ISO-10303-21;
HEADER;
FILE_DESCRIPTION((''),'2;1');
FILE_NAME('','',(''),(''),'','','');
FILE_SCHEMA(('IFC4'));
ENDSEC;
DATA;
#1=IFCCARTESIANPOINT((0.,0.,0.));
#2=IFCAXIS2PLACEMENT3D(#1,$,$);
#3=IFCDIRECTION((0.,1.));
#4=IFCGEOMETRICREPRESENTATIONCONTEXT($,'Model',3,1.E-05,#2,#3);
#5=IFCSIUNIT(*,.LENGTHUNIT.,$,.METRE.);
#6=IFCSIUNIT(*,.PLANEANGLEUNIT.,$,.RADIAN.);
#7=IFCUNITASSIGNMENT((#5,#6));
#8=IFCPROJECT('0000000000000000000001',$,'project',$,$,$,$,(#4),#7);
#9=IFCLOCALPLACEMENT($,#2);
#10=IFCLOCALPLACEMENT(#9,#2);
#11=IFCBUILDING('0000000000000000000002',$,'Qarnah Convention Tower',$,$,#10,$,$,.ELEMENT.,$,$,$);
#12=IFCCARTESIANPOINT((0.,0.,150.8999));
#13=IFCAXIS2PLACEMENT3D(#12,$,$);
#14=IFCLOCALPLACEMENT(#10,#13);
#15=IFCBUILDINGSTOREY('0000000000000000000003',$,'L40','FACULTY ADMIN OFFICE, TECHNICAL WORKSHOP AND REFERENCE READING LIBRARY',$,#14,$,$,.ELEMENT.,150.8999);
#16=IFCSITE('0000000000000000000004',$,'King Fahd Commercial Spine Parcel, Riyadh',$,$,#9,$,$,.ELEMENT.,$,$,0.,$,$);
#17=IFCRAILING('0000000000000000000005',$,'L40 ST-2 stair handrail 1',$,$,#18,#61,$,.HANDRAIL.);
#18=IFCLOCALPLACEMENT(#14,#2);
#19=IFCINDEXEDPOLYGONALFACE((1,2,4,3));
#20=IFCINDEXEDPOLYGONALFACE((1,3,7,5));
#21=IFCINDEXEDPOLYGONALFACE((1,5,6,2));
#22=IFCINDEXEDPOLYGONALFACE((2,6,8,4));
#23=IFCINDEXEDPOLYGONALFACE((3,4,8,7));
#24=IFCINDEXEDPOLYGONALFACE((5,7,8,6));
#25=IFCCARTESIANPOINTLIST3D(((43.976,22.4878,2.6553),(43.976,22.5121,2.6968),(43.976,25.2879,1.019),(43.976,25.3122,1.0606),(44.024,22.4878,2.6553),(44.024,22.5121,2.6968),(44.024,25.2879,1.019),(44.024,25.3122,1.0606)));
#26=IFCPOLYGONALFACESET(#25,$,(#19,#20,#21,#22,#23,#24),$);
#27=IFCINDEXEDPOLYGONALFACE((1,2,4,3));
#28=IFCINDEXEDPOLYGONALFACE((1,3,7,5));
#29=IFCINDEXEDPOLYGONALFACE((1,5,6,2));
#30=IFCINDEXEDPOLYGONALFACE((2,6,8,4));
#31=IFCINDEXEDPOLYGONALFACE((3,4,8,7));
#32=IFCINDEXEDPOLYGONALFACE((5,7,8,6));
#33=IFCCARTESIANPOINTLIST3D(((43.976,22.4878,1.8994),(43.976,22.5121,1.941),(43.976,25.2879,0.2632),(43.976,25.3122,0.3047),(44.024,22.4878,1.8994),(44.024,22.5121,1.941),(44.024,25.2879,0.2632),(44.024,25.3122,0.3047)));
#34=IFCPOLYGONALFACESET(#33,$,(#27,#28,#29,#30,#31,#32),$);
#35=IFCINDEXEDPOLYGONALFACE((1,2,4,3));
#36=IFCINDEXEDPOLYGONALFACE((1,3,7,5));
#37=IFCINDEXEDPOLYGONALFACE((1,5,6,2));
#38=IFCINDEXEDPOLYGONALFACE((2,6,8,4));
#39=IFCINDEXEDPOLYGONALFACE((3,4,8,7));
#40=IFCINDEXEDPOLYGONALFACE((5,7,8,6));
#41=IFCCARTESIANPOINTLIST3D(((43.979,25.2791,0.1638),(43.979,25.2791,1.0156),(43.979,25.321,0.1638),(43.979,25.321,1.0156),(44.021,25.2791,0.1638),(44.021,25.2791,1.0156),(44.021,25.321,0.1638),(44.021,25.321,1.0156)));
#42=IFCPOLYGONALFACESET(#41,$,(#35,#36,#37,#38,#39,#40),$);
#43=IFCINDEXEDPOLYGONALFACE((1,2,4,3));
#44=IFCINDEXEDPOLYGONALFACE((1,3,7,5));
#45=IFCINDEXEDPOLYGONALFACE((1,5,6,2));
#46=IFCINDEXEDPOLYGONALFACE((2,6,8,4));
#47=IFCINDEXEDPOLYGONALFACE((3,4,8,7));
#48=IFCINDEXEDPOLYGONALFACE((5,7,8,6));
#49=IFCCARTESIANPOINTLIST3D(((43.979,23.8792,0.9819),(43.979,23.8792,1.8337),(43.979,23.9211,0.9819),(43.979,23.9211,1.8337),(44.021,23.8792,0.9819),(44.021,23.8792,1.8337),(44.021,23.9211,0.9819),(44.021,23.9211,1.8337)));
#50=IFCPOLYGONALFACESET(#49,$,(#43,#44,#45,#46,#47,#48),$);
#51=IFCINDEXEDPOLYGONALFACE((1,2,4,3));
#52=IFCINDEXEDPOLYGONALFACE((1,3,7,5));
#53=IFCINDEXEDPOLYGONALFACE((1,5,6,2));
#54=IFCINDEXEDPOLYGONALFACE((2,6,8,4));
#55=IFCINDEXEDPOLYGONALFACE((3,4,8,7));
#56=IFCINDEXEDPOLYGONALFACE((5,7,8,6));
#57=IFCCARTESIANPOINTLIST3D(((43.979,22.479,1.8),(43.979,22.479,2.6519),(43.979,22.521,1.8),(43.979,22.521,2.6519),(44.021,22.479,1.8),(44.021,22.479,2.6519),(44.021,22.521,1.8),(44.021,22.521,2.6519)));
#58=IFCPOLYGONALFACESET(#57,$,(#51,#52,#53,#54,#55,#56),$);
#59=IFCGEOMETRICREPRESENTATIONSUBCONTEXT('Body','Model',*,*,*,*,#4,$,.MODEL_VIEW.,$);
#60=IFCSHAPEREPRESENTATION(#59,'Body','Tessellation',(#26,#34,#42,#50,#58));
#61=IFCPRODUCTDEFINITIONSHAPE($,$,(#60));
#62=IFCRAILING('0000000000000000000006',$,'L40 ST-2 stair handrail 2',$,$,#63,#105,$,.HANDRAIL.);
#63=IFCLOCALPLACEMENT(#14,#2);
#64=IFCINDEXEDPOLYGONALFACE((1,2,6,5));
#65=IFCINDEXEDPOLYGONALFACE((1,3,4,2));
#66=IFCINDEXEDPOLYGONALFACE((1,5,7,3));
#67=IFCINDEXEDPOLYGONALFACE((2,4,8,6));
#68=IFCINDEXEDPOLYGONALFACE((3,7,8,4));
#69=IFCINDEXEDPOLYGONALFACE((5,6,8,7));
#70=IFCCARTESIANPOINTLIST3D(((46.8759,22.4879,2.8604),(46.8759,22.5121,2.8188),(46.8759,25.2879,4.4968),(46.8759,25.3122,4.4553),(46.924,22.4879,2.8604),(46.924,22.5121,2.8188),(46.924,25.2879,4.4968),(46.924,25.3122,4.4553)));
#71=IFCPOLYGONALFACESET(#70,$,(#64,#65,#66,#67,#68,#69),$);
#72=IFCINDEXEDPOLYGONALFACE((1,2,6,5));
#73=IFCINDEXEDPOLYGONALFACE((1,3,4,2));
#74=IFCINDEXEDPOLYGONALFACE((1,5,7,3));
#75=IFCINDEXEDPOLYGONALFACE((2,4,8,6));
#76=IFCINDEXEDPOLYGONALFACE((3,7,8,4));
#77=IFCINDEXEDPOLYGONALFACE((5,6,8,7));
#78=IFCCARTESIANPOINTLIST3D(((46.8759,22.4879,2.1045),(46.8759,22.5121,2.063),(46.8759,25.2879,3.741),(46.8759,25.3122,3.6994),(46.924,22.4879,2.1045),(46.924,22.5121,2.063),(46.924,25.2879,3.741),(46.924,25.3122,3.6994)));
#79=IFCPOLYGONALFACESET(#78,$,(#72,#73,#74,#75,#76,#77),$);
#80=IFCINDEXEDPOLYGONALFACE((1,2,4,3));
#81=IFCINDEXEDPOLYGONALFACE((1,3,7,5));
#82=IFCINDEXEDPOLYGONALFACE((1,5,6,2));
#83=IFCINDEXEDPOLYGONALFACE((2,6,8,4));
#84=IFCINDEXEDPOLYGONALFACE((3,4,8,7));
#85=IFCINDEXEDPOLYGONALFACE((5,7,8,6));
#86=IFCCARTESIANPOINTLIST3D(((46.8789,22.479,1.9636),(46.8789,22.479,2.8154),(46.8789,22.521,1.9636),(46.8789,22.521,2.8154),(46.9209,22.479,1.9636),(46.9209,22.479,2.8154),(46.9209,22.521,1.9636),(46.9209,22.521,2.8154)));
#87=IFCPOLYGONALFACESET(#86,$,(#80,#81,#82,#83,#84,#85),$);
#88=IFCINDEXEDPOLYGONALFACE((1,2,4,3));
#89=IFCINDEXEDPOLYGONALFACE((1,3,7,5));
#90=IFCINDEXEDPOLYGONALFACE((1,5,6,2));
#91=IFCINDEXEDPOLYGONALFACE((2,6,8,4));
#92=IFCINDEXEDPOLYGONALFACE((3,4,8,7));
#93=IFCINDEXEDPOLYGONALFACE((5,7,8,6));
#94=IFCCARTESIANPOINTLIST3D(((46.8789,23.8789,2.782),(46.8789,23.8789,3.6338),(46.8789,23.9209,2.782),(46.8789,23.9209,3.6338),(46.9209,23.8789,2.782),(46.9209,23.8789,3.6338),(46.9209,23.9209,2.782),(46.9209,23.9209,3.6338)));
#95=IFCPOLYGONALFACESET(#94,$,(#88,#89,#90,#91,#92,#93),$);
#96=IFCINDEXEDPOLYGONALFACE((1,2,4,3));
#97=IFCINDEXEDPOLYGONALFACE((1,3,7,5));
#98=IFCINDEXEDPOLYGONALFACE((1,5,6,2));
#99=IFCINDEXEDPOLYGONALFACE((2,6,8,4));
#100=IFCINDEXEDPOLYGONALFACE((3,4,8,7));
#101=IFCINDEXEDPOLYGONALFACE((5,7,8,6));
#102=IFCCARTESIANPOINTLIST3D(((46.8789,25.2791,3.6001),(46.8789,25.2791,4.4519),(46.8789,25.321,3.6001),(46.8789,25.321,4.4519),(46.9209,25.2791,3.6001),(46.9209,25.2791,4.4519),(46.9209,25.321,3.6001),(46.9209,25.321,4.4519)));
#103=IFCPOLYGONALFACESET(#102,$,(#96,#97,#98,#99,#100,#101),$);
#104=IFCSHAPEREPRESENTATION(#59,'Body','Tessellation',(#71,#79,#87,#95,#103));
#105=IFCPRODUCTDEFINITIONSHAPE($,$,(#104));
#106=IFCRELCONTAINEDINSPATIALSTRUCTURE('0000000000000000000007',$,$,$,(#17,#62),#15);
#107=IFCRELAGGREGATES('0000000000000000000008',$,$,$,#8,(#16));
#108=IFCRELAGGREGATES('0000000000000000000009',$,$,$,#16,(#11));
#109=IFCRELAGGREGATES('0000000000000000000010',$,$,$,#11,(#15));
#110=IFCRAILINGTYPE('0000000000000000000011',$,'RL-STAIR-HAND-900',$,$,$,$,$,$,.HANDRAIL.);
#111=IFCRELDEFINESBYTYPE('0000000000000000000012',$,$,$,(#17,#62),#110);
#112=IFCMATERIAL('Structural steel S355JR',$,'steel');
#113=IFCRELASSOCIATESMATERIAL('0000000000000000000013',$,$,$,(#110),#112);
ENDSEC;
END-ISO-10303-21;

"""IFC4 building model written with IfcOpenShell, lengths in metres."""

from ifc_helpers import new_model, si_unit, direction, frame, origin, origin_2d, place, context, subcontext, project, spatial, rectangle, extrude, material, type_object, element, save


model = new_model("IFC4")

# Units and contexts
model_context = context("Model", 3, precision=1e-05, world=origin(), true_north=direction((0.0, 1.0)))
body_context = subcontext(model_context, "Body", "Model", "MODEL_VIEW")
ifc_project = project(units=[si_unit("LENGTHUNIT", "METRE"), si_unit("PLANEANGLEUNIT", "RADIAN")], contexts=[model_context])

# Site, building, storey
site_placement = place(None, origin())
site = spatial("IfcSite", under=ifc_project, at=site_placement, Name="King Fahd Commercial Spine Parcel, Riyadh", CompositionType="ELEMENT", RefElevation=0.0)
building_placement = place(site_placement, origin())
building = spatial("IfcBuilding", under=site, at=building_placement, Name="Qarnah Convention Tower", CompositionType="ELEMENT")
storey_placement = place(building_placement, frame((0.0, 0.0, 150.8999)))
storey = spatial("IfcBuildingStorey", under=building, at=storey_placement, Name="L40", Description="FACULTY ADMIN OFFICE, TECHNICAL WORKSHOP AND REFERENCE READING LIBRARY", CompositionType="ELEMENT", Elevation=150.8999)

# Shared definitions
ifc_material_1 = material(Name="Structural steel S355JR", Category="steel")

# Railings
railing_type_1 = type_object("IfcRailingType", Name="RL-STAIR-HAND-900", PredefinedType="HANDRAIL", material=ifc_material_1)
railing_1_placement = place(storey_placement, frame((44.0, 25.3, 0.1638)))
element("IfcRailing", 1, at=railing_1_placement, inside=storey, type_object=railing_type_1, Name="L40 ST-2 stair handrail 1", PredefinedType="HANDRAIL", context=body_context, shape_type="SweptSolid", body=[
    extrude(rectangle(XDim=0.0481, YDim=0.0481, at=origin_2d()), frame((0.0, 0.0, 0.876), z_axis=(0.0, -0.863394, 0.504531), x_axis=(1.0, 0.0, 0.0)), (0.0, 0.0, 1.0), 3.2432),
    extrude(rectangle(XDim=0.0481, YDim=0.0481, at=origin_2d()), frame((0.0, 0.0, 0.1201), z_axis=(0.0, -0.863394, 0.504531), x_axis=(1.0, 0.0, 0.0)), (0.0, 0.0, 1.0), 3.2432),
    extrude(rectangle(XDim=0.042, YDim=0.042, at=origin_2d()), origin(), (0.0, 0.0, 1.0), 0.8518),
    extrude(rectangle(XDim=0.042, YDim=0.042, at=origin_2d()), frame((0.0, -1.3999, 0.8181)), (0.0, 0.0, 1.0), 0.8518),
    extrude(rectangle(XDim=0.042, YDim=0.042, at=origin_2d()), frame((0.0, -2.8, 1.6362)), (0.0, 0.0, 1.0), 0.8518),
])
railing_2_placement = place(storey_placement, frame((46.8999, 22.5, 1.9636)))
element("IfcRailing", 2, at=railing_2_placement, inside=storey, type_object=railing_type_1, Name="L40 ST-2 stair handrail 2", PredefinedType="HANDRAIL", context=body_context, shape_type="SweptSolid", body=[
    extrude(rectangle(XDim=0.0481, YDim=0.0481, at=origin_2d()), frame((0.0, 0.0, 0.876), z_axis=(0.0, 0.863361, 0.504587), x_axis=(-1.0, 0.0, 0.0)), (0.0, 0.0, 1.0), 3.2432),
    extrude(rectangle(XDim=0.0481, YDim=0.0481, at=origin_2d()), frame((0.0, 0.0, 0.1201), z_axis=(0.0, 0.863361, 0.504587), x_axis=(-1.0, 0.0, 0.0)), (0.0, 0.0, 1.0), 3.2432),
    extrude(rectangle(XDim=0.042, YDim=0.042, at=origin_2d()), origin(), (0.0, 0.0, 1.0), 0.8518),
    extrude(rectangle(XDim=0.042, YDim=0.042, at=origin_2d()), frame((0.0, 1.3999, 0.8184)), (0.0, 0.0, 1.0), 0.8518),
    extrude(rectangle(XDim=0.042, YDim=0.042, at=origin_2d()), frame((0.0, 2.8, 1.6365)), (0.0, 0.0, 1.0), 0.8518),
])

save(model, "model.ifc")
